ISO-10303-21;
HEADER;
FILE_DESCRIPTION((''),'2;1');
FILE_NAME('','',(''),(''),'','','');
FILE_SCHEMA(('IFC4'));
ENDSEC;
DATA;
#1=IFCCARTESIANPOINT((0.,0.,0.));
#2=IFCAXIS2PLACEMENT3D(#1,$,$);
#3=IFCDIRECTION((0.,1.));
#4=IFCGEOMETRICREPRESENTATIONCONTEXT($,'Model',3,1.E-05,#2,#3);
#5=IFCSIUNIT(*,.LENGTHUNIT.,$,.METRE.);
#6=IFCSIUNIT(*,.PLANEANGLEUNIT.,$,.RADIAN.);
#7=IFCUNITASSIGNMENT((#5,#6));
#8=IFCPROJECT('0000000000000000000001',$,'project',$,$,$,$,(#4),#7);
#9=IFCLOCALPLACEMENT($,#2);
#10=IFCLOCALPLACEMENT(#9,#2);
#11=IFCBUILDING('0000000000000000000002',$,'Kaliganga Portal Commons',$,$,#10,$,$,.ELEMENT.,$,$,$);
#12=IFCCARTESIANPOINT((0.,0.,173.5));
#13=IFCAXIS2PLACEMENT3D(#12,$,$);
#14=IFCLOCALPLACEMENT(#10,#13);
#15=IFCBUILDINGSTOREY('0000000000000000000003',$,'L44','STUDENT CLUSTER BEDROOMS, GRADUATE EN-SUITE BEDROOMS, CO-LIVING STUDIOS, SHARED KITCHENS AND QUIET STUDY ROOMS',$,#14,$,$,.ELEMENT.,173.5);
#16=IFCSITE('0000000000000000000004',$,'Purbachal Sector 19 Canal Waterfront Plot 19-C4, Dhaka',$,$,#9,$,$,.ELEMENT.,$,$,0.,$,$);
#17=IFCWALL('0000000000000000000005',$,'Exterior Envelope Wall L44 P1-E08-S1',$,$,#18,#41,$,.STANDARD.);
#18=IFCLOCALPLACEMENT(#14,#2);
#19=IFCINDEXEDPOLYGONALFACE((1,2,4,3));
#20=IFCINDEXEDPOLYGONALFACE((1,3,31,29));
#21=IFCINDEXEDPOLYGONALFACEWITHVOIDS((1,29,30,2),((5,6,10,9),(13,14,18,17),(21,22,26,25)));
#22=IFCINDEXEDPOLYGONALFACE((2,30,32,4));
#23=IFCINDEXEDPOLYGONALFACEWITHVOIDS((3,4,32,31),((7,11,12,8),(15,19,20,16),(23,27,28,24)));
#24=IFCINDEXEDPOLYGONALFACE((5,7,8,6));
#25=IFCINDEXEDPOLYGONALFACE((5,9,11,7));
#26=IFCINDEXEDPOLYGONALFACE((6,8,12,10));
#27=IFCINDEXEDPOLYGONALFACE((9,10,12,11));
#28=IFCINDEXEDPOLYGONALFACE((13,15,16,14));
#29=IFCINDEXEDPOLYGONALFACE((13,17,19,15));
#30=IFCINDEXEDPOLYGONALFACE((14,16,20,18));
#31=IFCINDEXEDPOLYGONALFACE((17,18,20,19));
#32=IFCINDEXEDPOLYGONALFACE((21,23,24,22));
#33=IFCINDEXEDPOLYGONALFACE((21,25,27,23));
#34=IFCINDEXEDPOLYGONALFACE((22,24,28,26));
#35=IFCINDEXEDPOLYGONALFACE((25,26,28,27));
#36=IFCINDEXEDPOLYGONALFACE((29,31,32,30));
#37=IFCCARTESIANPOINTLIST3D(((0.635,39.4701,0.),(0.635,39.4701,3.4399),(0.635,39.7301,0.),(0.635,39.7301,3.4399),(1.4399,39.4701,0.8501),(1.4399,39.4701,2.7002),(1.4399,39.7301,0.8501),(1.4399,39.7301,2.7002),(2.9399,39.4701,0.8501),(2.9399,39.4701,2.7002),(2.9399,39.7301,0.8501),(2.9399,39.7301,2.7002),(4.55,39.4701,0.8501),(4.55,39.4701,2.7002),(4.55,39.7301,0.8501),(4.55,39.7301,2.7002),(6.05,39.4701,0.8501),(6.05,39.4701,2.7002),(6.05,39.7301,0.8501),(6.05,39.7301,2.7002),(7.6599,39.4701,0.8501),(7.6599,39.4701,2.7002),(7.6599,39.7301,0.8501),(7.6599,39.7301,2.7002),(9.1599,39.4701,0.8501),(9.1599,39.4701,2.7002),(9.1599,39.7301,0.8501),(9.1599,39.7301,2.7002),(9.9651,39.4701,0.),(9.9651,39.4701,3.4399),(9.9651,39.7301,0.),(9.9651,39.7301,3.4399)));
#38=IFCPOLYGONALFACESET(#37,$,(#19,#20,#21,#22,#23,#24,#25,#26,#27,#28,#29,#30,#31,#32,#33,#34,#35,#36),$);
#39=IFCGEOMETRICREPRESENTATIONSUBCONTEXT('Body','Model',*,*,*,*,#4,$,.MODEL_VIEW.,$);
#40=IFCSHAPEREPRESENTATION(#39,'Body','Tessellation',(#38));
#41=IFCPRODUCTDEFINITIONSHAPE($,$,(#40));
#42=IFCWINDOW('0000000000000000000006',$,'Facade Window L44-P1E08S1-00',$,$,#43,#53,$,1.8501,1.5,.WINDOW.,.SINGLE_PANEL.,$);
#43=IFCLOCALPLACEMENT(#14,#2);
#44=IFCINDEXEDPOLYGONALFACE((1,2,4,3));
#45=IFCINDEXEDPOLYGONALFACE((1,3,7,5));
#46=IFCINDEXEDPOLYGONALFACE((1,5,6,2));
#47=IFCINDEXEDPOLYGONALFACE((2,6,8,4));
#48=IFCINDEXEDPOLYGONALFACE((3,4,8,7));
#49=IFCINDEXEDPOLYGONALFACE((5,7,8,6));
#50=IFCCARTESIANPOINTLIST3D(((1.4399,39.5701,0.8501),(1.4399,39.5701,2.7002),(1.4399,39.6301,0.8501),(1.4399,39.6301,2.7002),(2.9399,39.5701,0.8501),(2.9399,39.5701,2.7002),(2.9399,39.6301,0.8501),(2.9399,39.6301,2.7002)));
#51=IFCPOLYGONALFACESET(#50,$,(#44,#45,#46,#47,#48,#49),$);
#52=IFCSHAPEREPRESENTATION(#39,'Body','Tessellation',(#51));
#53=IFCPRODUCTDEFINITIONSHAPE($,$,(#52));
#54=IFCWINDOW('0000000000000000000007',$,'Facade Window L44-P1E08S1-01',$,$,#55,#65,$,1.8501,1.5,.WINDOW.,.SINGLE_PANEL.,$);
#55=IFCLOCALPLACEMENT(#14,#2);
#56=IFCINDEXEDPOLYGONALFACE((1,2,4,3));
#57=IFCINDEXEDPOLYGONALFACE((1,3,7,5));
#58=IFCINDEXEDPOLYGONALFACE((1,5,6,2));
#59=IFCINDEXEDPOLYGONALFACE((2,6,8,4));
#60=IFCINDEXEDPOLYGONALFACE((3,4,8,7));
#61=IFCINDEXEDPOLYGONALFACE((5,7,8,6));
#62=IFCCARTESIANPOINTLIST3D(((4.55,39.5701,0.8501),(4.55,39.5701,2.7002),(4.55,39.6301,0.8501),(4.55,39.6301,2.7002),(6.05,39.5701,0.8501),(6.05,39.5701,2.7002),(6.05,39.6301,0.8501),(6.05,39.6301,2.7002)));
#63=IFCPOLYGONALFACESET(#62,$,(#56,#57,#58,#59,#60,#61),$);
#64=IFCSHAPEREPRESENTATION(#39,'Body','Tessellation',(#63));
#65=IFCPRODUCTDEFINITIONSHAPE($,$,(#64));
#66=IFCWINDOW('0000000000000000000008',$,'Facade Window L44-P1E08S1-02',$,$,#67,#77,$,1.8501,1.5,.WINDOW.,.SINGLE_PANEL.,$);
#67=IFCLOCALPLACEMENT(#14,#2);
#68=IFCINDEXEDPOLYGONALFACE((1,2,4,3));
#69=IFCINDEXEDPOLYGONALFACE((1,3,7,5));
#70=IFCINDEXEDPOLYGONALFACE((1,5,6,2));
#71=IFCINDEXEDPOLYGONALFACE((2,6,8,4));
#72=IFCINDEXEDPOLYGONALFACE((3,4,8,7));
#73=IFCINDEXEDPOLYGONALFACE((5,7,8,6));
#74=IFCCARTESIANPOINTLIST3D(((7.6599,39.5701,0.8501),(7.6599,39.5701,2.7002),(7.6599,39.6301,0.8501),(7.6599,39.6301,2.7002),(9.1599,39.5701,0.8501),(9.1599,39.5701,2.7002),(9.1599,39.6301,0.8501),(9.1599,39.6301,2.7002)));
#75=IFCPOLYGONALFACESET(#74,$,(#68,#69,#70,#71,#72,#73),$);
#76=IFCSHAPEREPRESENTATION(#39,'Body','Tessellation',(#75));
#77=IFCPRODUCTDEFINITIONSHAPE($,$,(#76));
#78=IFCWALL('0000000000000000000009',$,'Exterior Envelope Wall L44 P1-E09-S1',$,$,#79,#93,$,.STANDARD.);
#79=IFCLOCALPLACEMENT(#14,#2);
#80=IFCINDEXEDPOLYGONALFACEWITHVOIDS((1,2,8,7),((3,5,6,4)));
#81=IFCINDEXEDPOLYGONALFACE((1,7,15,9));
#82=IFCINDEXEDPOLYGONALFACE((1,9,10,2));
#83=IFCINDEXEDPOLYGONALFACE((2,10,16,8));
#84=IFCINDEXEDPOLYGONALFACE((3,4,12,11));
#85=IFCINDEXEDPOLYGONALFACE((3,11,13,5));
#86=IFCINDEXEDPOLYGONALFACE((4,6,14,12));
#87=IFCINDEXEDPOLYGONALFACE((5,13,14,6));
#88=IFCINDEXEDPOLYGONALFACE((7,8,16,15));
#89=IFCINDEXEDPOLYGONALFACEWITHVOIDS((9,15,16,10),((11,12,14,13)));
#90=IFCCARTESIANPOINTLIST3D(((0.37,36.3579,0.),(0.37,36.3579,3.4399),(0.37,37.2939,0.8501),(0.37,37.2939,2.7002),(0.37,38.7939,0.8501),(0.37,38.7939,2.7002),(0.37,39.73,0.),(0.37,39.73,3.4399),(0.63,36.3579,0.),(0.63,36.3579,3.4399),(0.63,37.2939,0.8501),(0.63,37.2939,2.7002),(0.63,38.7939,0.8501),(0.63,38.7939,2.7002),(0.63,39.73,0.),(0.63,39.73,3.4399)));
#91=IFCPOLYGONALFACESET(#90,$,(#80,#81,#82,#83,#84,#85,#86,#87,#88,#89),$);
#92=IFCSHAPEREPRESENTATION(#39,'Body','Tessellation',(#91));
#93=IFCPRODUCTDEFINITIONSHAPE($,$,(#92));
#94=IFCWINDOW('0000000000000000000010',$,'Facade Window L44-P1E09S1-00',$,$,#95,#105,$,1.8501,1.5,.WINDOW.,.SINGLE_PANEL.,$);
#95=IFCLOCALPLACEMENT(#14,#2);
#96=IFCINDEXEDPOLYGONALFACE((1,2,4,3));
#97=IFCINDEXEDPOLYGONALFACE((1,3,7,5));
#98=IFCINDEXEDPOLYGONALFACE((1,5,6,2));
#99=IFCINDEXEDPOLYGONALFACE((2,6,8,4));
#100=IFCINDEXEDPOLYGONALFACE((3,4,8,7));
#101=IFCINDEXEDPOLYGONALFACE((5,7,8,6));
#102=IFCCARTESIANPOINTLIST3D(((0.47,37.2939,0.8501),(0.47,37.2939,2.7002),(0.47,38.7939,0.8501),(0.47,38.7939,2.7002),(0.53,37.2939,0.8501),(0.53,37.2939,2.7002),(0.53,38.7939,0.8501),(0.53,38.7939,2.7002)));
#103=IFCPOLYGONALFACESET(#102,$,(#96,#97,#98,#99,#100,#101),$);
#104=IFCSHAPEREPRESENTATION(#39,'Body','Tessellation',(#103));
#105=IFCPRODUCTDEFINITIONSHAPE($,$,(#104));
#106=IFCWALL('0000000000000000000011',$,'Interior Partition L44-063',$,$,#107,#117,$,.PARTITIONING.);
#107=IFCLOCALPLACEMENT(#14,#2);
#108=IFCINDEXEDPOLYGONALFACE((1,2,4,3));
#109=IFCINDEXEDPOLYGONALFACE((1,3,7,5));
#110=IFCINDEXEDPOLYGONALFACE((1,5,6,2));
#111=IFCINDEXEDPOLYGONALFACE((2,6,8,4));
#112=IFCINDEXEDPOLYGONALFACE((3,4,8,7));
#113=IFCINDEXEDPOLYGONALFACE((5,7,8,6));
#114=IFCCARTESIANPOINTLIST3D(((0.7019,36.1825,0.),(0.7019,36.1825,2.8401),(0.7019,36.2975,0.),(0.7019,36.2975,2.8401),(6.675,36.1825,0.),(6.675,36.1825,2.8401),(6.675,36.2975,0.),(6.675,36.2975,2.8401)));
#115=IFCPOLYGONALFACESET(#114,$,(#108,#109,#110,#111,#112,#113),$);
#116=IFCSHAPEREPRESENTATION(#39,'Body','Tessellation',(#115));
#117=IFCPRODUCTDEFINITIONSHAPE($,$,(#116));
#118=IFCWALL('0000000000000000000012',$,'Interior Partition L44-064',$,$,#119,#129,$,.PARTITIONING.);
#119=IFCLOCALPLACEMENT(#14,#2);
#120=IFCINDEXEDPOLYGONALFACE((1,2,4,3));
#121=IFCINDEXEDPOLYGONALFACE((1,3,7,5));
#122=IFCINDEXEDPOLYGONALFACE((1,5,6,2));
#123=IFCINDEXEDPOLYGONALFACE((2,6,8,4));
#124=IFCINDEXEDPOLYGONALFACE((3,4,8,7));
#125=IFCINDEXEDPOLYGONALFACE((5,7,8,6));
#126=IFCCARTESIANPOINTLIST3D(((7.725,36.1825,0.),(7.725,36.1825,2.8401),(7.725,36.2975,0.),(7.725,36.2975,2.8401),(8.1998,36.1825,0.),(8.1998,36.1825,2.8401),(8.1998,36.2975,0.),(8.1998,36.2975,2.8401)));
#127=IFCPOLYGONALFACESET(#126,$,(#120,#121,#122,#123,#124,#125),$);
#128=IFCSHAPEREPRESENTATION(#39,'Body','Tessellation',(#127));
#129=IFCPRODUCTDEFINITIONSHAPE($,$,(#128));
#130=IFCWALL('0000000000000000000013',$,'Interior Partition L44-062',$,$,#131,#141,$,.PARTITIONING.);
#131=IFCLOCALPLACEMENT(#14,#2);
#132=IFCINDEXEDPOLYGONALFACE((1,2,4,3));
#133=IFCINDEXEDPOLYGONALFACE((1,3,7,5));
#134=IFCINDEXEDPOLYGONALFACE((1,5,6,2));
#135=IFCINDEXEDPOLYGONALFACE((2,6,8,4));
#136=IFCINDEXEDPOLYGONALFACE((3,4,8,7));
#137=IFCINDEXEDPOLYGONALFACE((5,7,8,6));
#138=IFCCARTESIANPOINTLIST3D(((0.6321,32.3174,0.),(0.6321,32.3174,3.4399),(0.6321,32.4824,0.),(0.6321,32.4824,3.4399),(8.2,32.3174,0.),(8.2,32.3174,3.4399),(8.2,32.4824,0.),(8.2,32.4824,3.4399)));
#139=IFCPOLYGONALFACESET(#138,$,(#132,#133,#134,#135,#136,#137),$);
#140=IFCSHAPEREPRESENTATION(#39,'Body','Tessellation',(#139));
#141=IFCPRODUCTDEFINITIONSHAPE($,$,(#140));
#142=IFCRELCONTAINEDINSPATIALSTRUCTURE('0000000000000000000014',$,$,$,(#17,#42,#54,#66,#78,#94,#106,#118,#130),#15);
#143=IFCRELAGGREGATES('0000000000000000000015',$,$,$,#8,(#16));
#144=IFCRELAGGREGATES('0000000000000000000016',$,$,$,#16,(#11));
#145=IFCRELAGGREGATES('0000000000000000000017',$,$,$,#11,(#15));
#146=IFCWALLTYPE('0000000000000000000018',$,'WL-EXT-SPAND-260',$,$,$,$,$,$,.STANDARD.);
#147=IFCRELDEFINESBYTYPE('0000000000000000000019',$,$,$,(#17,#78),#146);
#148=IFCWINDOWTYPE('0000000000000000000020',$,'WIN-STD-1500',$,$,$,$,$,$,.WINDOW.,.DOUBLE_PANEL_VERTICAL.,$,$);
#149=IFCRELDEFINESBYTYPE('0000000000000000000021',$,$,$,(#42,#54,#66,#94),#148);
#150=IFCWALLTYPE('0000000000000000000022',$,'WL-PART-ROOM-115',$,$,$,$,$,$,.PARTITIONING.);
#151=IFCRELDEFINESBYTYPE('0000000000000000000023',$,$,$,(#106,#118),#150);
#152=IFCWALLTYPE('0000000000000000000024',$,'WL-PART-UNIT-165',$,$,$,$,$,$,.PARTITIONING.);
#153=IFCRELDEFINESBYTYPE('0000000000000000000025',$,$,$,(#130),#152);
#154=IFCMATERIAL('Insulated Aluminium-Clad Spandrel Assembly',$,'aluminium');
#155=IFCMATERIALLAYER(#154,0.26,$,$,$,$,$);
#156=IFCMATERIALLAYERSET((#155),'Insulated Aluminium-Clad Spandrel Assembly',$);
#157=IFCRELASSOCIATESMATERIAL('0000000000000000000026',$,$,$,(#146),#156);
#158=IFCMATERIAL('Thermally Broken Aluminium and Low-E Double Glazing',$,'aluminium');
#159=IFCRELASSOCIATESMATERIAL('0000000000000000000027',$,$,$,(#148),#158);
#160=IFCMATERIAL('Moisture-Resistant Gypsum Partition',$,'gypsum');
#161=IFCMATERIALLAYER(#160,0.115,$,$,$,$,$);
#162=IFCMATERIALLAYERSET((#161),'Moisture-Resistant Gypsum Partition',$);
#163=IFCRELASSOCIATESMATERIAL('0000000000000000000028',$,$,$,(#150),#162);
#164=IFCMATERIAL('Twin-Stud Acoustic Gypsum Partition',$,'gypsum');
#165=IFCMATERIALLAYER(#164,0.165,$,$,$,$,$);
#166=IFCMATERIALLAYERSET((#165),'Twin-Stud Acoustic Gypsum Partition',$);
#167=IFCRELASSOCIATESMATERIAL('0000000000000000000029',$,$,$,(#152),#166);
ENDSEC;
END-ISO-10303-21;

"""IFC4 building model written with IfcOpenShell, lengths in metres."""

from ifc_helpers import new_model, si_unit, direction, frame, frame_2d, origin, place, context, subcontext, project, spatial, rectangle, extrude, material, layer, layer_set, type_object, element, fill, save


model = new_model("IFC4")

# Units and contexts
model_context = context("Model", 3, precision=1e-05, world=origin(), true_north=direction((0.0, 1.0)))
body_context = subcontext(model_context, "Body", "Model", "MODEL_VIEW")
ifc_project = project(units=[si_unit("LENGTHUNIT", "METRE"), si_unit("PLANEANGLEUNIT", "RADIAN")], contexts=[model_context])

# Site, building, storey
site_placement = place(None, origin())
site = spatial("IfcSite", under=ifc_project, at=site_placement, Name="Purbachal Sector 19 Canal Waterfront Plot 19-C4, Dhaka", CompositionType="ELEMENT", RefElevation=0.0)
building_placement = place(site_placement, origin())
building = spatial("IfcBuilding", under=site, at=building_placement, Name="Kaliganga Portal Commons", CompositionType="ELEMENT")
storey_placement = place(building_placement, frame((0.0, 0.0, 173.5)))
storey = spatial("IfcBuildingStorey", under=building, at=storey_placement, Name="L44", Description="STUDENT CLUSTER BEDROOMS, GRADUATE EN-SUITE BEDROOMS, CO-LIVING STUDIOS, SHARED KITCHENS AND QUIET STUDY ROOMS", CompositionType="ELEMENT", Elevation=173.5)

# Wall, openings, windows
ifc_material_1 = material(Name="Insulated Aluminium-Clad Spandrel Assembly", Category="aluminium")
ifc_layer_1 = layer(ifc_material_1, 0.26)
ifc_layer_set_1 = layer_set([ifc_layer_1], Name="Insulated Aluminium-Clad Spandrel Assembly")
wall_type_1 = type_object("IfcWallType", Name="WL-EXT-SPAND-260", PredefinedType="STANDARD", material=ifc_layer_set_1)
wall_1_placement = place(storey_placement, frame((0.635, 39.6001, 0.0), z_axis=(0.0, 0.0, 1.0), x_axis=(1.0, 0.0, 0.0)))
wall_1 = element("IfcWall", 1, at=wall_1_placement, inside=storey, type_object=wall_type_1, Name="Exterior Envelope Wall L44 P1-E08-S1", PredefinedType="STANDARD", context=body_context, shape_type="SweptSolid", body=[
    extrude(rectangle(XDim=9.3301, YDim=0.26, at=frame_2d((4.665, 0.0))), origin(), (0.0, 0.0, 1.0), 3.4399),
])
opening_1_placement = place(wall_1_placement, frame((0.8049, 0.0, 0.8501)))
opening_1 = element("IfcOpeningElement", 2, at=opening_1_placement, cuts=wall_1, PredefinedType="OPENING", context=body_context, shape_type="SweptSolid", body=[
    extrude(rectangle(XDim=1.5, YDim=1.8501, at=frame_2d((0.75, 0.925))), frame((0.0, 0.1401, 0.0), z_axis=(0.0, -1.0, 0.0), x_axis=(1.0, 0.0, 0.0)), (0.0, 0.0, 1.0), 0.28),
])
opening_2_placement = place(wall_1_placement, frame((3.915, 0.0, 0.8501)))
opening_2 = element("IfcOpeningElement", 3, at=opening_2_placement, cuts=wall_1, PredefinedType="OPENING", context=body_context, shape_type="SweptSolid", body=[
    extrude(rectangle(XDim=1.5, YDim=1.8501, at=frame_2d((0.75, 0.925))), frame((0.0, 0.1401, 0.0), z_axis=(0.0, -1.0, 0.0), x_axis=(1.0, 0.0, 0.0)), (0.0, 0.0, 1.0), 0.28),
])
opening_3_placement = place(wall_1_placement, frame((7.0249, 0.0, 0.8501)))
opening_3 = element("IfcOpeningElement", 4, at=opening_3_placement, cuts=wall_1, PredefinedType="OPENING", context=body_context, shape_type="SweptSolid", body=[
    extrude(rectangle(XDim=1.5, YDim=1.8501, at=frame_2d((0.75, 0.925))), frame((0.0, 0.1401, 0.0), z_axis=(0.0, -1.0, 0.0), x_axis=(1.0, 0.0, 0.0)), (0.0, 0.0, 1.0), 0.28),
])
ifc_material_2 = material(Name="Thermally Broken Aluminium and Low-E Double Glazing", Category="aluminium")
window_type = type_object("IfcWindowType", Name="WIN-STD-1500", PartitioningType="DOUBLE_PANEL_VERTICAL", PredefinedType="WINDOW", material=ifc_material_2)
window_1_placement = place(opening_1_placement, origin())
window_1 = element("IfcWindow", 5, at=window_1_placement, inside=storey, type_object=window_type, Name="Facade Window L44-P1E08S1-00", OverallHeight=1.8501, OverallWidth=1.5, PartitioningType="SINGLE_PANEL", PredefinedType="WINDOW", context=body_context, shape_type="SweptSolid", body=[
    extrude(rectangle(XDim=1.5, YDim=1.8501, at=frame_2d((0.75, 0.925))), frame((0.0, 0.03, 0.0), z_axis=(0.0, -1.0, 0.0), x_axis=(1.0, 0.0, 0.0)), (0.0, 0.0, 1.0), 0.0601),
])
fill(opening_1, window_1)
window_2_placement = place(opening_2_placement, origin())
window_2 = element("IfcWindow", 6, at=window_2_placement, inside=storey, type_object=window_type, Name="Facade Window L44-P1E08S1-01", OverallHeight=1.8501, OverallWidth=1.5, PartitioningType="SINGLE_PANEL", PredefinedType="WINDOW", context=body_context, shape_type="SweptSolid", body=[
    extrude(rectangle(XDim=1.5, YDim=1.8501, at=frame_2d((0.75, 0.925))), frame((0.0, 0.03, 0.0), z_axis=(0.0, -1.0, 0.0), x_axis=(1.0, 0.0, 0.0)), (0.0, 0.0, 1.0), 0.0601),
])
fill(opening_2, window_2)
window_3_placement = place(opening_3_placement, origin())
window_3 = element("IfcWindow", 7, at=window_3_placement, inside=storey, type_object=window_type, Name="Facade Window L44-P1E08S1-02", OverallHeight=1.8501, OverallWidth=1.5, PartitioningType="SINGLE_PANEL", PredefinedType="WINDOW", context=body_context, shape_type="SweptSolid", body=[
    extrude(rectangle(XDim=1.5, YDim=1.8501, at=frame_2d((0.75, 0.925))), frame((0.0, 0.03, 0.0), z_axis=(0.0, -1.0, 0.0), x_axis=(1.0, 0.0, 0.0)), (0.0, 0.0, 1.0), 0.0601),
])
fill(opening_3, window_3)

# Wall, opening, window
wall_2_placement = place(storey_placement, frame((0.5, 36.3579, 0.0), z_axis=(0.0, 0.0, 1.0), x_axis=(0.0, 1.0, 0.0)))
wall_2 = element("IfcWall", 8, at=wall_2_placement, inside=storey, type_object=wall_type_1, Name="Exterior Envelope Wall L44 P1-E09-S1", PredefinedType="STANDARD", context=body_context, shape_type="SweptSolid", body=[
    extrude(rectangle(XDim=3.3721, YDim=0.26, at=frame_2d((1.686, 0.0))), origin(), (0.0, 0.0, 1.0), 3.4399),
])
opening_4_placement = place(wall_2_placement, frame((0.936, 0.0, 0.8501)))
opening_4 = element("IfcOpeningElement", 9, at=opening_4_placement, cuts=wall_2, PredefinedType="OPENING", context=body_context, shape_type="SweptSolid", body=[
    extrude(rectangle(XDim=1.5, YDim=1.8501, at=frame_2d((0.75, 0.925))), frame((0.0, 0.1401, 0.0), z_axis=(0.0, -1.0, 0.0), x_axis=(1.0, 0.0, 0.0)), (0.0, 0.0, 1.0), 0.28),
])
window_4_placement = place(opening_4_placement, origin())
window_4 = element("IfcWindow", 10, at=window_4_placement, inside=storey, type_object=window_type, Name="Facade Window L44-P1E09S1-00", OverallHeight=1.8501, OverallWidth=1.5, PartitioningType="SINGLE_PANEL", PredefinedType="WINDOW", context=body_context, shape_type="SweptSolid", body=[
    extrude(rectangle(XDim=1.5, YDim=1.8501, at=frame_2d((0.75, 0.925))), frame((0.0, 0.03, 0.0), z_axis=(0.0, -1.0, 0.0), x_axis=(1.0, 0.0, 0.0)), (0.0, 0.0, 1.0), 0.0601),
])
fill(opening_4, window_4)

# Walls
ifc_material_3 = material(Name="Moisture-Resistant Gypsum Partition", Category="gypsum")
ifc_layer_2 = layer(ifc_material_3, 0.115)
ifc_layer_set_2 = layer_set([ifc_layer_2], Name="Moisture-Resistant Gypsum Partition")
wall_type_2 = type_object("IfcWallType", Name="WL-PART-ROOM-115", PredefinedType="PARTITIONING", material=ifc_layer_set_2)
wall_3_placement = place(storey_placement, frame((0.7019, 36.24, 0.0), z_axis=(0.0, 0.0, 1.0), x_axis=(1.0, 0.0, 0.0)))
element("IfcWall", 11, at=wall_3_placement, inside=storey, type_object=wall_type_2, Name="Interior Partition L44-063", PredefinedType="PARTITIONING", context=body_context, shape_type="SweptSolid", body=[
    extrude(rectangle(XDim=5.9731, YDim=0.115, at=frame_2d((2.9866, 0.0))), origin(), (0.0, 0.0, 1.0), 2.8401),
])
wall_4_placement = place(storey_placement, frame((7.7251, 36.24, 0.0), z_axis=(0.0, 0.0, 1.0), x_axis=(1.0, 0.0, 0.0)))
element("IfcWall", 12, at=wall_4_placement, inside=storey, type_object=wall_type_2, Name="Interior Partition L44-064", PredefinedType="PARTITIONING", context=body_context, shape_type="SweptSolid", body=[
    extrude(rectangle(XDim=0.4749, YDim=0.115, at=frame_2d((0.2373, 0.0))), origin(), (0.0, 0.0, 1.0), 2.8401),
])
ifc_material_4 = material(Name="Twin-Stud Acoustic Gypsum Partition", Category="gypsum")
ifc_layer_3 = layer(ifc_material_4, 0.165)
ifc_layer_set_3 = layer_set([ifc_layer_3], Name="Twin-Stud Acoustic Gypsum Partition")
wall_type_3 = type_object("IfcWallType", Name="WL-PART-UNIT-165", PredefinedType="PARTITIONING", material=ifc_layer_set_3)
wall_5_placement = place(storey_placement, frame((0.6321, 32.3999, 0.0), z_axis=(0.0, 0.0, 1.0), x_axis=(1.0, 0.0, 0.0)))
element("IfcWall", 13, at=wall_5_placement, inside=storey, type_object=wall_type_3, Name="Interior Partition L44-062", PredefinedType="PARTITIONING", context=body_context, shape_type="SweptSolid", body=[
    extrude(rectangle(XDim=7.5679, YDim=0.165, at=frame_2d((3.7839, 0.0))), origin(), (0.0, 0.0, 1.0), 3.4399),
])

save(model, "model.ifc")
